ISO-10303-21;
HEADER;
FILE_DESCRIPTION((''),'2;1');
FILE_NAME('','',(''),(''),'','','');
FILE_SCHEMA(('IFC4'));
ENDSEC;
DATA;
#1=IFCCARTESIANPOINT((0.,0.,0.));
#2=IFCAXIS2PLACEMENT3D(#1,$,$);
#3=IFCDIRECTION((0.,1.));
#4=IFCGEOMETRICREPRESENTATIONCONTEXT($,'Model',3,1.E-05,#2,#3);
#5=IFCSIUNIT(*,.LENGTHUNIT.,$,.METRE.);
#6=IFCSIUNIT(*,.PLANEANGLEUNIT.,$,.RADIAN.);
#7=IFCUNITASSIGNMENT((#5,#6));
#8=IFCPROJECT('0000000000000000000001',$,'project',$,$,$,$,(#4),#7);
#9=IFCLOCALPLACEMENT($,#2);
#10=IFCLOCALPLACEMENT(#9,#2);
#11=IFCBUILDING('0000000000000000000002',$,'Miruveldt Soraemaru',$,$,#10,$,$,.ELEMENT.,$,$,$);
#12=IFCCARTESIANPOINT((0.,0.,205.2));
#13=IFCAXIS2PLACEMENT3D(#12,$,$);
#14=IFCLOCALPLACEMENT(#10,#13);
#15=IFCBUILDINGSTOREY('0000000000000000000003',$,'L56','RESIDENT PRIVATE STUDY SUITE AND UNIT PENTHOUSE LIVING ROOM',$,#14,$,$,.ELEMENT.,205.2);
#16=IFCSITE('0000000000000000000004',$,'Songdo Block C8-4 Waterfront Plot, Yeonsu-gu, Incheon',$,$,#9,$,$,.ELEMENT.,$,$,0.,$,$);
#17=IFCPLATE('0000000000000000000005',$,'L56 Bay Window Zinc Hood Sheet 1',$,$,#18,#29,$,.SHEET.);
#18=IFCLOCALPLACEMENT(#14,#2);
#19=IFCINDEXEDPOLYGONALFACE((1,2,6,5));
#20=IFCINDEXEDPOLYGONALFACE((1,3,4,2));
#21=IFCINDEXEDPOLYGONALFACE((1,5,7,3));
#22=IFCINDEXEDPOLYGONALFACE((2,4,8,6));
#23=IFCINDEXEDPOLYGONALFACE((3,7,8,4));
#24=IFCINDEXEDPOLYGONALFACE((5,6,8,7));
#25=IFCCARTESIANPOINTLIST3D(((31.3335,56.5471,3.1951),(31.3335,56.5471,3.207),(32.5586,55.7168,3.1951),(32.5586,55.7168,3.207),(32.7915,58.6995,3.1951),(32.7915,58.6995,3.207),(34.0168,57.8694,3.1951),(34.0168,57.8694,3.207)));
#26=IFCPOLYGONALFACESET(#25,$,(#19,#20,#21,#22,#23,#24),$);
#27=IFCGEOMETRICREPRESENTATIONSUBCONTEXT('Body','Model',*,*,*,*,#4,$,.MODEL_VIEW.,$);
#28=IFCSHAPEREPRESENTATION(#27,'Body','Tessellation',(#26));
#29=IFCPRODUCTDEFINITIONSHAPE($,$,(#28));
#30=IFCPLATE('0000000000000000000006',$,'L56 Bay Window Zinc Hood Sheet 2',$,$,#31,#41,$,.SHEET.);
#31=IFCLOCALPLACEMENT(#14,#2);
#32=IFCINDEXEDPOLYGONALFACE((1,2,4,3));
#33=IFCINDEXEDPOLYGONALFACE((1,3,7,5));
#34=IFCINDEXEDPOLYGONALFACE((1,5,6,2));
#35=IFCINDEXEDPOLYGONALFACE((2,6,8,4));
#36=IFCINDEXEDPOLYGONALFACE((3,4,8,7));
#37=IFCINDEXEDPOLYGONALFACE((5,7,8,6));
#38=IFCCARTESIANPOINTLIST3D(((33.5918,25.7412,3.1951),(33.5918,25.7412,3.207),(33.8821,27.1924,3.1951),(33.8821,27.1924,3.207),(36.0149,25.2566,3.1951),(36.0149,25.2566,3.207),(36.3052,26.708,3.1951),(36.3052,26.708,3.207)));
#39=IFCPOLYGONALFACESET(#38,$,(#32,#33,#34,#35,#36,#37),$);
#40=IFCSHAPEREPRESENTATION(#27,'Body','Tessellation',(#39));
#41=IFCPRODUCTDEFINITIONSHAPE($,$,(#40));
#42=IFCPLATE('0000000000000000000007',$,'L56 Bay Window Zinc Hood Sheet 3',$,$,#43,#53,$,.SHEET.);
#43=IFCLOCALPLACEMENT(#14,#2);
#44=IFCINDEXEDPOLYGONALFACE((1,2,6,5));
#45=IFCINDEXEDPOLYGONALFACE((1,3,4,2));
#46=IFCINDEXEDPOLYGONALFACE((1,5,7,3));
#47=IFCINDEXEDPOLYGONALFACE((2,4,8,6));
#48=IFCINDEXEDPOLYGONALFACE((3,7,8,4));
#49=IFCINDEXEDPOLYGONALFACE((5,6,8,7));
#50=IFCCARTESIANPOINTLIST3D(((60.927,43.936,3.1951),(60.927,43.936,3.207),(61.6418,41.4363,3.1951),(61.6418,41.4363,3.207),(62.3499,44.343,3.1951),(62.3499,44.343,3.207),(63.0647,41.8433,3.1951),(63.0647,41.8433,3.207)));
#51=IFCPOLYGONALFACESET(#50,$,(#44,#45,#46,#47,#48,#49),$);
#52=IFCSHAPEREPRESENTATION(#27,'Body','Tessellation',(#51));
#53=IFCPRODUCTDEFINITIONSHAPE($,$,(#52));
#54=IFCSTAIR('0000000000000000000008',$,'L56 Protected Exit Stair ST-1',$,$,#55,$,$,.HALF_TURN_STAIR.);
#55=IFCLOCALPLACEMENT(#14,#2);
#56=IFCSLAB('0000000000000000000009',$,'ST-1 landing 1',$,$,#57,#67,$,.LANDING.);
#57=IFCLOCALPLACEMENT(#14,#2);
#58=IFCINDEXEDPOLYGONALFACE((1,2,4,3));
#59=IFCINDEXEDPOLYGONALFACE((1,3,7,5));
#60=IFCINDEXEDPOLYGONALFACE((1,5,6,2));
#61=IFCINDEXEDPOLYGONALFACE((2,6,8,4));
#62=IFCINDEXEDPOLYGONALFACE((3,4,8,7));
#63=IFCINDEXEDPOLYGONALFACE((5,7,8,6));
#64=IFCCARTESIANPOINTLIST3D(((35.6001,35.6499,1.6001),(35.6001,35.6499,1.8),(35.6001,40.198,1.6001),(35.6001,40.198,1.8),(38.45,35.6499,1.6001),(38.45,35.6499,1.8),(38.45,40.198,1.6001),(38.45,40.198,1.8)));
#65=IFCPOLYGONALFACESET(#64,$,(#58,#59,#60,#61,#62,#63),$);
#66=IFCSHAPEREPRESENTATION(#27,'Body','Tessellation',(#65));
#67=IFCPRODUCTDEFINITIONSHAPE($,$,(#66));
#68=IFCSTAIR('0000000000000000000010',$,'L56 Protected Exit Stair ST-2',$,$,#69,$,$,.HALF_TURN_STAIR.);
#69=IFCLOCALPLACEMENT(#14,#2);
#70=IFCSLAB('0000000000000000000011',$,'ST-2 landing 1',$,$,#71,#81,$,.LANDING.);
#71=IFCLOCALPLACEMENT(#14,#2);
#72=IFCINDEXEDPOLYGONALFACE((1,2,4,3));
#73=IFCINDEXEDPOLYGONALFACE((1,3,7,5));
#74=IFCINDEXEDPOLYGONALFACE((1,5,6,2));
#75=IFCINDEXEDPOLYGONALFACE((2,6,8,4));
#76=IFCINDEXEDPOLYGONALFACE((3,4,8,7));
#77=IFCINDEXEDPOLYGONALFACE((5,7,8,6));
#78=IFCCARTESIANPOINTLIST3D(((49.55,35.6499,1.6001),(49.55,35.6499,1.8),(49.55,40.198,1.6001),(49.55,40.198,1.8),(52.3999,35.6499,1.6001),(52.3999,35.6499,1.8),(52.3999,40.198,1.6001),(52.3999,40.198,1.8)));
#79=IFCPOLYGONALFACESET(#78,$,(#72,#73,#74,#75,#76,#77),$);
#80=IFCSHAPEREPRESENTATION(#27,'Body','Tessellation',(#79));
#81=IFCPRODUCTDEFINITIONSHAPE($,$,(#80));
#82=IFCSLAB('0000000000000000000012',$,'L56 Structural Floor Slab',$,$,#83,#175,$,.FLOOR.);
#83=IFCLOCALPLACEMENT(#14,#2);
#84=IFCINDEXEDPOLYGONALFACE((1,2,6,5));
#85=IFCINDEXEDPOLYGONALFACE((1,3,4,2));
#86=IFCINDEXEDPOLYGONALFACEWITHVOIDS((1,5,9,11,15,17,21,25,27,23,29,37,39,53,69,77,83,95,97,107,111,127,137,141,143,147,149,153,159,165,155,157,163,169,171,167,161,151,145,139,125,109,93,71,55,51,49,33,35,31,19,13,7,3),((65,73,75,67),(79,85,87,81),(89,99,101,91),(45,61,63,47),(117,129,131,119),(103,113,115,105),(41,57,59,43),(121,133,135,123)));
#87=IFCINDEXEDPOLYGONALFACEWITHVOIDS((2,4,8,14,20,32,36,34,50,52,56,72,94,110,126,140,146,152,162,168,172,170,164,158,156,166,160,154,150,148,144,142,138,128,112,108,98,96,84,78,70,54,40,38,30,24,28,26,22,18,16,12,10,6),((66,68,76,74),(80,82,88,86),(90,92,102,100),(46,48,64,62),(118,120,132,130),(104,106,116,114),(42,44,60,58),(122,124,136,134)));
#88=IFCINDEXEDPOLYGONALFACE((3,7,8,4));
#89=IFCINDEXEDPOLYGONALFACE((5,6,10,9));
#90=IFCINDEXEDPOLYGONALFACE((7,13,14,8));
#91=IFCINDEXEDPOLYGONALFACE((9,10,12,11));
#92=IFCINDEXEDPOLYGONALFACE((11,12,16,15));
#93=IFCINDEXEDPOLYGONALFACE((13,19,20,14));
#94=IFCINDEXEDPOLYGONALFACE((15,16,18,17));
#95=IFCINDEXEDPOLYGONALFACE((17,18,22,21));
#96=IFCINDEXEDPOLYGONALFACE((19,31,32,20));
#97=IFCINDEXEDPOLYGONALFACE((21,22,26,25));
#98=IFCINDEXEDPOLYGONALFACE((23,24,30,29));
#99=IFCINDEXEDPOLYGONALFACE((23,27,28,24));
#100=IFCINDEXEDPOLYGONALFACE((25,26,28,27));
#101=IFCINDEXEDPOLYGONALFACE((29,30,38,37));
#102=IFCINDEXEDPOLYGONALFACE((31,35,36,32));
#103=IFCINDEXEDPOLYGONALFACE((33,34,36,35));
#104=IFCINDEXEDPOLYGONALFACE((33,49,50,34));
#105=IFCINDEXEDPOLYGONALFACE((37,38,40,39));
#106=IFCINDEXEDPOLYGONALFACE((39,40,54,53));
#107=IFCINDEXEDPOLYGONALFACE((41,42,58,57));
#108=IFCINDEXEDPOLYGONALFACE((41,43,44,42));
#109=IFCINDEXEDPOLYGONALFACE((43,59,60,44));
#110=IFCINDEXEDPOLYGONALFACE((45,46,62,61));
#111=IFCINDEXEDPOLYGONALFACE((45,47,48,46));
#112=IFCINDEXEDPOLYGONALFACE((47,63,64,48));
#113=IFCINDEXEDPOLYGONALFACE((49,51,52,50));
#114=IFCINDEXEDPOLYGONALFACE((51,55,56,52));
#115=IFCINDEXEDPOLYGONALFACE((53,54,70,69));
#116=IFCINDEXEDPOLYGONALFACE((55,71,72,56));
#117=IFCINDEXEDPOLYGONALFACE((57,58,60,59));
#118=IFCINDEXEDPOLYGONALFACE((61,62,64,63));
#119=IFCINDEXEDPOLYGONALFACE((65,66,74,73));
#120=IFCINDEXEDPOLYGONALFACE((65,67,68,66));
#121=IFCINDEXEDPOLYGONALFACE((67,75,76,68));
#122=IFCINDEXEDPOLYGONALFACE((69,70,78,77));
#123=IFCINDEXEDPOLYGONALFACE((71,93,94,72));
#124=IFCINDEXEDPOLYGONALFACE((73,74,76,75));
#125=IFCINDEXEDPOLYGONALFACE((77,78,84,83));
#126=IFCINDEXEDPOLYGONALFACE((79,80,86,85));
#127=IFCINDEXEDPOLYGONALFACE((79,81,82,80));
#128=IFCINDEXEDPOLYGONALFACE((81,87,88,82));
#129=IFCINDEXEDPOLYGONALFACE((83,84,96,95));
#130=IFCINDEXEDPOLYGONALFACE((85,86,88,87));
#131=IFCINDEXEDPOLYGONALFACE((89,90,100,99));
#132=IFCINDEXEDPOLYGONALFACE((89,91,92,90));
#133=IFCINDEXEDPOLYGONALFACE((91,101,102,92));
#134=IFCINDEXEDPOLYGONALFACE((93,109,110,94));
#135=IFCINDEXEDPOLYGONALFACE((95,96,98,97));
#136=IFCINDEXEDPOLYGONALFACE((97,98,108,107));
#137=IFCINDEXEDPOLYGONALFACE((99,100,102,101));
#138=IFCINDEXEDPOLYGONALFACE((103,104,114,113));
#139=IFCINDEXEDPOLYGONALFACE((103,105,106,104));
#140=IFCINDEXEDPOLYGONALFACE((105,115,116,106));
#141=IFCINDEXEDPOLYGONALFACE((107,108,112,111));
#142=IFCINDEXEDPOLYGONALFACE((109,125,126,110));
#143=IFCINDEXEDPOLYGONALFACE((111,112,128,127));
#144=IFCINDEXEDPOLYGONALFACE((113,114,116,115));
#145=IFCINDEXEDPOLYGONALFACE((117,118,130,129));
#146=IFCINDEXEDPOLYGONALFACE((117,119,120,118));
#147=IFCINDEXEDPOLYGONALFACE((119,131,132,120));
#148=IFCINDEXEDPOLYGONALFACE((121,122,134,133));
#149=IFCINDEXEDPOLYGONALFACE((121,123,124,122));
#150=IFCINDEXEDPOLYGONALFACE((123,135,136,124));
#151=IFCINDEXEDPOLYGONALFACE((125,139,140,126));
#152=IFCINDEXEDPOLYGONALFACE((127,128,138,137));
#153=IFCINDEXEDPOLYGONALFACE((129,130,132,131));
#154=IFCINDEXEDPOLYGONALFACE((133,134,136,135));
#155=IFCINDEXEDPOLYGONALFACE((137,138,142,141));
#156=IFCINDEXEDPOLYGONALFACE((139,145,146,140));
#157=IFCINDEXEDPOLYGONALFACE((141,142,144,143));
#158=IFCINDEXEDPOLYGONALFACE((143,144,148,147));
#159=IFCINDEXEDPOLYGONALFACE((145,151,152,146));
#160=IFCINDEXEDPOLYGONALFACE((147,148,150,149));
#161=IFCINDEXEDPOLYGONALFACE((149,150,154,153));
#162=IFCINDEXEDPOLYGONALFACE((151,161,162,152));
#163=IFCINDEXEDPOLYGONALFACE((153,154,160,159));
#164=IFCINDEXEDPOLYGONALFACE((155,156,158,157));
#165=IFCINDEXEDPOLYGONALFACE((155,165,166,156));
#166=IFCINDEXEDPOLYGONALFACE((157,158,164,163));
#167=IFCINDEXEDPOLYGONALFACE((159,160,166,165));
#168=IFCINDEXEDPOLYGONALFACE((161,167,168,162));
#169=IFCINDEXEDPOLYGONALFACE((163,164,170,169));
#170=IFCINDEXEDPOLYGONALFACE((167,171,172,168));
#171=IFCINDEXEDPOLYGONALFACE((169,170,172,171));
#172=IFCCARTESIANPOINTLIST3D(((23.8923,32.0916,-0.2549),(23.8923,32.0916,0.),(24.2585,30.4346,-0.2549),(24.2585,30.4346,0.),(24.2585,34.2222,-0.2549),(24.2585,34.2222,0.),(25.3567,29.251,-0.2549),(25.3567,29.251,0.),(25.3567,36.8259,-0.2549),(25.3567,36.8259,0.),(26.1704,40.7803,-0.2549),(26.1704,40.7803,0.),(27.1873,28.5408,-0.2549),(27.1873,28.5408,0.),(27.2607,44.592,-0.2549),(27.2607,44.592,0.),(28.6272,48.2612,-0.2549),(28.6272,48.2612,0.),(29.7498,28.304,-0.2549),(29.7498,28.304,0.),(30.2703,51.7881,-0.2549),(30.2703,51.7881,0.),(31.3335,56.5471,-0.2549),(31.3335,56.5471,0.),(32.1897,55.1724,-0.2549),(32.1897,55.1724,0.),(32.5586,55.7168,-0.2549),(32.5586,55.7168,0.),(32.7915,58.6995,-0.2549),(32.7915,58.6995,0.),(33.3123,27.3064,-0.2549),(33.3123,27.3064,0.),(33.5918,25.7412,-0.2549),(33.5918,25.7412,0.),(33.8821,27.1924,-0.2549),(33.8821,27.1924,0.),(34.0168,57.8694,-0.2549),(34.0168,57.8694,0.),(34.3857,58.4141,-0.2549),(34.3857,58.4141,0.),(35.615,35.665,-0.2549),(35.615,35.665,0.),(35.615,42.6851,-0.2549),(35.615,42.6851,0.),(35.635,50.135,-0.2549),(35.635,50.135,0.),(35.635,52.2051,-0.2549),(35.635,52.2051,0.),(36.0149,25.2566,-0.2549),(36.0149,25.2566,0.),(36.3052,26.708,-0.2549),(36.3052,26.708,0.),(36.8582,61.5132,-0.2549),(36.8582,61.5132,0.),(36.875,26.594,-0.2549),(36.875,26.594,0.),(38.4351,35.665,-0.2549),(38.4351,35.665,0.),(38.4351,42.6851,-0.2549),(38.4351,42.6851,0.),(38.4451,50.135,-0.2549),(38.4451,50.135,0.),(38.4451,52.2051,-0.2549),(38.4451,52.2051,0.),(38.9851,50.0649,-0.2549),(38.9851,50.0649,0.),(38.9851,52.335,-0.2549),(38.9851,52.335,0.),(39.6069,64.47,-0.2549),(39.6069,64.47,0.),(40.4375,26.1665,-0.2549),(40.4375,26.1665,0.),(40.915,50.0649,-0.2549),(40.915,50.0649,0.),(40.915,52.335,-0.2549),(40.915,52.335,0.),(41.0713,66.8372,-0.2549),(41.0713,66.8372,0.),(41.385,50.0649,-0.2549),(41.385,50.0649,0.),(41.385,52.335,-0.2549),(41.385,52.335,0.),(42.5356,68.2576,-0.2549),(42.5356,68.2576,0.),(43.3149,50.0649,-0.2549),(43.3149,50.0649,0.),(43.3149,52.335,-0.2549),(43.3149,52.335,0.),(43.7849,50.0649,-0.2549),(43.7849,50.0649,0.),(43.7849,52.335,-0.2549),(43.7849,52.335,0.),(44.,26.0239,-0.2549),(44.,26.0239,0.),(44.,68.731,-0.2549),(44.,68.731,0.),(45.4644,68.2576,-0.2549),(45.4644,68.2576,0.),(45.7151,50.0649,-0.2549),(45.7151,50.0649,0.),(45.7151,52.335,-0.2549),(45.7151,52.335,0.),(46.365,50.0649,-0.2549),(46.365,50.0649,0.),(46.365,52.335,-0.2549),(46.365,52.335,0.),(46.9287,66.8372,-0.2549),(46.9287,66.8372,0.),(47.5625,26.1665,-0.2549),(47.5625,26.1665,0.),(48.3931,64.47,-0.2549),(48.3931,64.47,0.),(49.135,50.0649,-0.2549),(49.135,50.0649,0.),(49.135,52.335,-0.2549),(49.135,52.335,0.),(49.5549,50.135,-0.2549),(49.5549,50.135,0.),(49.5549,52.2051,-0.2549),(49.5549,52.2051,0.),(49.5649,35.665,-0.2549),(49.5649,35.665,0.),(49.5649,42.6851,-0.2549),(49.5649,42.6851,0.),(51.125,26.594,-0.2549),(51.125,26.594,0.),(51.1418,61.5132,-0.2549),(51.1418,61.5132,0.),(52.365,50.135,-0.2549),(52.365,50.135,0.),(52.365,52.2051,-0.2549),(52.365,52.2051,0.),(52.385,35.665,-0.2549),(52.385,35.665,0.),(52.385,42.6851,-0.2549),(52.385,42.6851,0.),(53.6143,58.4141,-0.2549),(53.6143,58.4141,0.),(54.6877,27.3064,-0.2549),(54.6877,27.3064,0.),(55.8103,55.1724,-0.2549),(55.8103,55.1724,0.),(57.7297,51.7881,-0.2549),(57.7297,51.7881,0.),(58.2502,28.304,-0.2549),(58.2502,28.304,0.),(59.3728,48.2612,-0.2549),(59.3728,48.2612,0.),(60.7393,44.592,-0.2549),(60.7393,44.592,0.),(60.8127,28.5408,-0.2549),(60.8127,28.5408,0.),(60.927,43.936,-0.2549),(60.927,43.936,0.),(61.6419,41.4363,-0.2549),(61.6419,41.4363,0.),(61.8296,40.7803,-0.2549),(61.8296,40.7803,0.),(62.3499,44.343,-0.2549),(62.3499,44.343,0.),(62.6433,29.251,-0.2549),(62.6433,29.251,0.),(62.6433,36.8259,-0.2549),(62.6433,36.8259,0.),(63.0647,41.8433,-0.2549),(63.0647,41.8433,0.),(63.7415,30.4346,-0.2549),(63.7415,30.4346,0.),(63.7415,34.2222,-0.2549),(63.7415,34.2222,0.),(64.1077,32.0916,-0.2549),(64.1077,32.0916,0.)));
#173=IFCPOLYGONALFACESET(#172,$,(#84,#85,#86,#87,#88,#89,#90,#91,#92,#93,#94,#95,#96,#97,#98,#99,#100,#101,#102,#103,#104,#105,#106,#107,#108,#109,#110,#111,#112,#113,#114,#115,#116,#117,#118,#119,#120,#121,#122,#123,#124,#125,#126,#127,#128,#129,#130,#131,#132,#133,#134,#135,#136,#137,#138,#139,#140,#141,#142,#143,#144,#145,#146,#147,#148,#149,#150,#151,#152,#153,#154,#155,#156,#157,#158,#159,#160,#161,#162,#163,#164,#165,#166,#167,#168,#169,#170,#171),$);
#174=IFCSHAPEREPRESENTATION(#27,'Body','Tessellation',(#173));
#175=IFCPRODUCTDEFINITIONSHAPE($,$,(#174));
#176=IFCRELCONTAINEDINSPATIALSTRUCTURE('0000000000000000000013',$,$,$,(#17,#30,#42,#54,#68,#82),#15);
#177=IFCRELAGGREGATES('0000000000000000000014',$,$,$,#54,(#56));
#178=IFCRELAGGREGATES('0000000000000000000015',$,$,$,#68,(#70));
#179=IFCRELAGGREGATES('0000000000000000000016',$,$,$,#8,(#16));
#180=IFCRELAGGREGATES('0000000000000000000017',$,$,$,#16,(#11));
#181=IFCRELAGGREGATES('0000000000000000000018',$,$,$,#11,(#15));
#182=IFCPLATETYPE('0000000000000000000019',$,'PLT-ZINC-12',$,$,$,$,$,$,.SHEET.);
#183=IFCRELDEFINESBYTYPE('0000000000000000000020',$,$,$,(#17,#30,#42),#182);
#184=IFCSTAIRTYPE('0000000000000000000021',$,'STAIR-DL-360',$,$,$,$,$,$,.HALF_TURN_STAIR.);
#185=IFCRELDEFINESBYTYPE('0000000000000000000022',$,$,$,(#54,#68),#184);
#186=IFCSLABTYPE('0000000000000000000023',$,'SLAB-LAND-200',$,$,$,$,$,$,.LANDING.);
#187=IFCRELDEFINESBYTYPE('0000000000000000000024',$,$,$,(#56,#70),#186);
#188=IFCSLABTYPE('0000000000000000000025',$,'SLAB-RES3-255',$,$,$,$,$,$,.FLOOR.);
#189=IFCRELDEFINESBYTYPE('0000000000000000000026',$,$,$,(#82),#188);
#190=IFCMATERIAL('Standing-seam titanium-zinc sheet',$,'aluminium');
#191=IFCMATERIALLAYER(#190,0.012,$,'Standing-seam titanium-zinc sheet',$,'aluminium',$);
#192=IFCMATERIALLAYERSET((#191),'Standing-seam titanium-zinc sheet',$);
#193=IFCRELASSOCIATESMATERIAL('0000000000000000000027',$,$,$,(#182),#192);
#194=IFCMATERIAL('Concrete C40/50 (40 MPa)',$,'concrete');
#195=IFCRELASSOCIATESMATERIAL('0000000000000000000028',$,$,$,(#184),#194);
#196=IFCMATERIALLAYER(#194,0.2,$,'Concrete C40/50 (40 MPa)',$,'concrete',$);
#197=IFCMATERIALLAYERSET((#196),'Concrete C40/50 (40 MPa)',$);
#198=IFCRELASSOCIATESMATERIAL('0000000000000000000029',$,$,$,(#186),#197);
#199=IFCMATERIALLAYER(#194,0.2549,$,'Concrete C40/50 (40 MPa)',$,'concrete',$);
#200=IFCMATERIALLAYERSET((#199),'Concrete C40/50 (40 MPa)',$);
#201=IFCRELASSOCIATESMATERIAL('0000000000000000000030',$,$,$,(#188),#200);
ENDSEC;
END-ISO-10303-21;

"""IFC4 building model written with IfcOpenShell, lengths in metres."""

from ifc_helpers import new_model, si_unit, direction, frame, origin, place, context, subcontext, project, spatial, polyline, outline, extrude, material, layer, layer_set, type_object, element, aggregate, save


model = new_model("IFC4")

# Units and contexts
model_context = context("Model", 3, precision=1e-05, world=origin(), true_north=direction((0.0, 1.0)))
body_context = subcontext(model_context, "Body", "Model", "MODEL_VIEW")
ifc_project = project(units=[si_unit("LENGTHUNIT", "METRE"), si_unit("PLANEANGLEUNIT", "RADIAN")], contexts=[model_context])

# Site, building, storey
site_placement = place(None, origin())
site = spatial("IfcSite", under=ifc_project, at=site_placement, Name="Songdo Block C8-4 Waterfront Plot, Yeonsu-gu, Incheon", CompositionType="ELEMENT", RefElevation=0.0)
building_placement = place(site_placement, origin())
building = spatial("IfcBuilding", under=site, at=building_placement, Name="Miruveldt Soraemaru", CompositionType="ELEMENT")
storey_placement = place(building_placement, frame((0.0, 0.0, 205.2)))
storey = spatial("IfcBuildingStorey", under=building, at=storey_placement, Name="L56", Description="RESIDENT PRIVATE STUDY SUITE AND UNIT PENTHOUSE LIVING ROOM", CompositionType="ELEMENT", Elevation=205.2)

# Plates
ifc_material_1 = material(Name="Standing-seam titanium-zinc sheet", Category="aluminium")
ifc_layer_1 = layer(ifc_material_1, 0.012, Name="Standing-seam titanium-zinc sheet", Category="aluminium")
ifc_layer_set_1 = layer_set([ifc_layer_1], Name="Standing-seam titanium-zinc sheet")
plate_type = type_object("IfcPlateType", Name="PLT-ZINC-12", PredefinedType="SHEET", material=ifc_layer_set_1)
plate_1_placement = place(storey_placement, frame((0.0, 0.0, 3.1951)))
element("IfcPlate", 1, at=plate_1_placement, inside=storey, type_object=plate_type, Name="L56 Bay Window Zinc Hood Sheet 1", PredefinedType="SHEET", context=body_context, shape_type="SweptSolid", body=[
    extrude(outline(polyline([(34.0168, 57.8694), (32.5586, 55.7168), (31.3335, 56.5471), (32.7915, 58.6995), (34.0168, 57.8694)])), origin(), (0.0, 0.0, 1.0), 0.012),
])
plate_2_placement = place(storey_placement, frame((0.0, 0.0, 3.1951)))
element("IfcPlate", 2, at=plate_2_placement, inside=storey, type_object=plate_type, Name="L56 Bay Window Zinc Hood Sheet 2", PredefinedType="SHEET", context=body_context, shape_type="SweptSolid", body=[
    extrude(outline(polyline([(33.8821, 27.1924), (36.3052, 26.708), (36.0149, 25.2566), (33.5918, 25.7412), (33.8821, 27.1924)])), origin(), (0.0, 0.0, 1.0), 0.012),
])
plate_3_placement = place(storey_placement, frame((0.0, 0.0, 3.1951)))
element("IfcPlate", 3, at=plate_3_placement, inside=storey, type_object=plate_type, Name="L56 Bay Window Zinc Hood Sheet 3", PredefinedType="SHEET", context=body_context, shape_type="SweptSolid", body=[
    extrude(outline(polyline([(61.6418, 41.4363), (60.927, 43.936), (62.3499, 44.343), (63.0647, 41.8433), (61.6418, 41.4363)])), origin(), (0.0, 0.0, 1.0), 0.012),
])

# Stairs, slabs
ifc_material_2 = material(Name="Concrete C40/50 (40 MPa)", Category="concrete")
stair_type = type_object("IfcStairType", Name="STAIR-DL-360", PredefinedType="HALF_TURN_STAIR", material=ifc_material_2)
stair_1_placement = place(storey_placement, origin())
stair_1 = element("IfcStair", 4, at=stair_1_placement, inside=storey, type_object=stair_type, Name="L56 Protected Exit Stair ST-1", PredefinedType="HALF_TURN_STAIR")
ifc_layer_2 = layer(ifc_material_2, 0.2, Name="Concrete C40/50 (40 MPa)", Category="concrete")
ifc_layer_set_2 = layer_set([ifc_layer_2], Name="Concrete C40/50 (40 MPa)")
slab_type_1 = type_object("IfcSlabType", Name="SLAB-LAND-200", PredefinedType="LANDING", material=ifc_layer_set_2)
slab_1_placement = place(storey_placement, frame((0.0, 0.0, 1.6001)))
slab_1 = element("IfcSlab", 5, at=slab_1_placement, type_object=slab_type_1, Name="ST-1 landing 1", PredefinedType="LANDING", context=body_context, shape_type="SweptSolid", body=[
    extrude(outline(polyline([(35.6001, 40.198), (35.6001, 35.6499), (38.45, 35.6499), (38.45, 40.198), (35.6001, 40.198)])), origin(), (0.0, 0.0, 1.0), 0.2),
])
aggregate(stair_1, [slab_1])
stair_2_placement = place(storey_placement, origin())
stair_2 = element("IfcStair", 6, at=stair_2_placement, inside=storey, type_object=stair_type, Name="L56 Protected Exit Stair ST-2", PredefinedType="HALF_TURN_STAIR")
slab_2_placement = place(storey_placement, frame((0.0, 0.0, 1.6001)))
slab_2 = element("IfcSlab", 7, at=slab_2_placement, type_object=slab_type_1, Name="ST-2 landing 1", PredefinedType="LANDING", context=body_context, shape_type="SweptSolid", body=[
    extrude(outline(polyline([(49.55, 40.198), (49.55, 35.6499), (52.3999, 35.6499), (52.3999, 40.198), (49.55, 40.198)])), origin(), (0.0, 0.0, 1.0), 0.2),
])
aggregate(stair_2, [slab_2])

# Slab
ifc_layer_3 = layer(ifc_material_2, 0.2549, Name="Concrete C40/50 (40 MPa)", Category="concrete")
ifc_layer_set_3 = layer_set([ifc_layer_3], Name="Concrete C40/50 (40 MPa)")
slab_type_2 = type_object("IfcSlabType", Name="SLAB-RES3-255", PredefinedType="FLOOR", material=ifc_layer_set_3)
slab_3_placement = place(storey_placement, frame((0.0, 0.0, -0.2549)))
element("IfcSlab", 8, at=slab_3_placement, inside=storey, type_object=slab_type_2, Name="L56 Structural Floor Slab", PredefinedType="FLOOR", context=body_context, shape_type="SweptSolid", body=[
    extrude(outline(polyline([(33.5918, 25.7412), (33.8821, 27.1924), (35.0935, 26.9502), (33.3123, 27.3064), (29.7498, 28.304), (27.1873, 28.5408), (25.3567, 29.251), (24.2585, 30.4346), (23.8923, 32.0916), (24.2585, 34.2222), (25.3567, 36.8259), (26.1704, 40.7803), (27.2607, 44.592), (28.6272, 48.2612), (30.2703, 51.7881), (32.1897, 55.1724), (33.2878, 56.7932), (32.5586, 55.7168), (31.3335, 56.5471), (32.7915, 58.6995), (34.0168, 57.8694), (34.3857, 58.4141), (36.8582, 61.5132), (39.6069, 64.47), (41.0713, 66.8372), (42.5356, 68.2576), (44.0, 68.731), (45.4644, 68.2576), (46.9287, 66.8372), (48.3931, 64.47), (51.1418, 61.5132), (53.6143, 58.4141), (55.8103, 55.1724), (57.7297, 51.7881), (59.3728, 48.2612), (60.7393, 44.592), (60.927, 43.936), (62.3499, 44.343), (63.0647, 41.8433), (61.6418, 41.4363), (61.2844, 42.6863), (61.8296, 40.7803), (62.6433, 36.8259), (63.7415, 34.2222), (64.1077, 32.0916), (63.7415, 30.4346), (62.6433, 29.251), (60.8127, 28.5408), (58.2502, 28.304), (54.6877, 27.3064), (51.125, 26.594), (47.5625, 26.1665), (44.0, 26.0239), (40.4375, 26.1665), (36.875, 26.594), (36.3052, 26.708), (36.0149, 25.2566), (33.5918, 25.7412)]), holes=[polyline([(35.615, 35.665), (38.4351, 35.665), (38.4351, 42.6851), (35.615, 42.6851), (35.615, 35.665)]), polyline([(49.5649, 35.665), (52.385, 35.665), (52.385, 42.6851), (49.5649, 42.6851), (49.5649, 35.665)]), polyline([(38.4451, 50.135), (38.4451, 52.2051), (35.635, 52.2051), (35.635, 50.135), (38.4451, 50.135)]), polyline([(52.365, 50.135), (52.365, 52.2051), (49.5549, 52.2051), (49.5549, 50.135), (52.365, 50.135)]), polyline([(40.915, 50.0649), (40.915, 52.335), (38.9851, 52.335), (38.9851, 50.0649), (40.915, 50.0649)]), polyline([(43.3149, 50.0649), (43.3149, 52.335), (41.385, 52.335), (41.385, 50.0649), (43.3149, 50.0649)]), polyline([(45.7151, 50.0649), (45.7151, 52.335), (43.7849, 52.335), (43.7849, 50.0649), (45.7151, 50.0649)]), polyline([(49.135, 50.0649), (49.135, 52.335), (46.365, 52.335), (46.365, 50.0649), (49.135, 50.0649)])]), origin(), (0.0, 0.0, 1.0), 0.2549),
])

save(model, "model.ifc")
